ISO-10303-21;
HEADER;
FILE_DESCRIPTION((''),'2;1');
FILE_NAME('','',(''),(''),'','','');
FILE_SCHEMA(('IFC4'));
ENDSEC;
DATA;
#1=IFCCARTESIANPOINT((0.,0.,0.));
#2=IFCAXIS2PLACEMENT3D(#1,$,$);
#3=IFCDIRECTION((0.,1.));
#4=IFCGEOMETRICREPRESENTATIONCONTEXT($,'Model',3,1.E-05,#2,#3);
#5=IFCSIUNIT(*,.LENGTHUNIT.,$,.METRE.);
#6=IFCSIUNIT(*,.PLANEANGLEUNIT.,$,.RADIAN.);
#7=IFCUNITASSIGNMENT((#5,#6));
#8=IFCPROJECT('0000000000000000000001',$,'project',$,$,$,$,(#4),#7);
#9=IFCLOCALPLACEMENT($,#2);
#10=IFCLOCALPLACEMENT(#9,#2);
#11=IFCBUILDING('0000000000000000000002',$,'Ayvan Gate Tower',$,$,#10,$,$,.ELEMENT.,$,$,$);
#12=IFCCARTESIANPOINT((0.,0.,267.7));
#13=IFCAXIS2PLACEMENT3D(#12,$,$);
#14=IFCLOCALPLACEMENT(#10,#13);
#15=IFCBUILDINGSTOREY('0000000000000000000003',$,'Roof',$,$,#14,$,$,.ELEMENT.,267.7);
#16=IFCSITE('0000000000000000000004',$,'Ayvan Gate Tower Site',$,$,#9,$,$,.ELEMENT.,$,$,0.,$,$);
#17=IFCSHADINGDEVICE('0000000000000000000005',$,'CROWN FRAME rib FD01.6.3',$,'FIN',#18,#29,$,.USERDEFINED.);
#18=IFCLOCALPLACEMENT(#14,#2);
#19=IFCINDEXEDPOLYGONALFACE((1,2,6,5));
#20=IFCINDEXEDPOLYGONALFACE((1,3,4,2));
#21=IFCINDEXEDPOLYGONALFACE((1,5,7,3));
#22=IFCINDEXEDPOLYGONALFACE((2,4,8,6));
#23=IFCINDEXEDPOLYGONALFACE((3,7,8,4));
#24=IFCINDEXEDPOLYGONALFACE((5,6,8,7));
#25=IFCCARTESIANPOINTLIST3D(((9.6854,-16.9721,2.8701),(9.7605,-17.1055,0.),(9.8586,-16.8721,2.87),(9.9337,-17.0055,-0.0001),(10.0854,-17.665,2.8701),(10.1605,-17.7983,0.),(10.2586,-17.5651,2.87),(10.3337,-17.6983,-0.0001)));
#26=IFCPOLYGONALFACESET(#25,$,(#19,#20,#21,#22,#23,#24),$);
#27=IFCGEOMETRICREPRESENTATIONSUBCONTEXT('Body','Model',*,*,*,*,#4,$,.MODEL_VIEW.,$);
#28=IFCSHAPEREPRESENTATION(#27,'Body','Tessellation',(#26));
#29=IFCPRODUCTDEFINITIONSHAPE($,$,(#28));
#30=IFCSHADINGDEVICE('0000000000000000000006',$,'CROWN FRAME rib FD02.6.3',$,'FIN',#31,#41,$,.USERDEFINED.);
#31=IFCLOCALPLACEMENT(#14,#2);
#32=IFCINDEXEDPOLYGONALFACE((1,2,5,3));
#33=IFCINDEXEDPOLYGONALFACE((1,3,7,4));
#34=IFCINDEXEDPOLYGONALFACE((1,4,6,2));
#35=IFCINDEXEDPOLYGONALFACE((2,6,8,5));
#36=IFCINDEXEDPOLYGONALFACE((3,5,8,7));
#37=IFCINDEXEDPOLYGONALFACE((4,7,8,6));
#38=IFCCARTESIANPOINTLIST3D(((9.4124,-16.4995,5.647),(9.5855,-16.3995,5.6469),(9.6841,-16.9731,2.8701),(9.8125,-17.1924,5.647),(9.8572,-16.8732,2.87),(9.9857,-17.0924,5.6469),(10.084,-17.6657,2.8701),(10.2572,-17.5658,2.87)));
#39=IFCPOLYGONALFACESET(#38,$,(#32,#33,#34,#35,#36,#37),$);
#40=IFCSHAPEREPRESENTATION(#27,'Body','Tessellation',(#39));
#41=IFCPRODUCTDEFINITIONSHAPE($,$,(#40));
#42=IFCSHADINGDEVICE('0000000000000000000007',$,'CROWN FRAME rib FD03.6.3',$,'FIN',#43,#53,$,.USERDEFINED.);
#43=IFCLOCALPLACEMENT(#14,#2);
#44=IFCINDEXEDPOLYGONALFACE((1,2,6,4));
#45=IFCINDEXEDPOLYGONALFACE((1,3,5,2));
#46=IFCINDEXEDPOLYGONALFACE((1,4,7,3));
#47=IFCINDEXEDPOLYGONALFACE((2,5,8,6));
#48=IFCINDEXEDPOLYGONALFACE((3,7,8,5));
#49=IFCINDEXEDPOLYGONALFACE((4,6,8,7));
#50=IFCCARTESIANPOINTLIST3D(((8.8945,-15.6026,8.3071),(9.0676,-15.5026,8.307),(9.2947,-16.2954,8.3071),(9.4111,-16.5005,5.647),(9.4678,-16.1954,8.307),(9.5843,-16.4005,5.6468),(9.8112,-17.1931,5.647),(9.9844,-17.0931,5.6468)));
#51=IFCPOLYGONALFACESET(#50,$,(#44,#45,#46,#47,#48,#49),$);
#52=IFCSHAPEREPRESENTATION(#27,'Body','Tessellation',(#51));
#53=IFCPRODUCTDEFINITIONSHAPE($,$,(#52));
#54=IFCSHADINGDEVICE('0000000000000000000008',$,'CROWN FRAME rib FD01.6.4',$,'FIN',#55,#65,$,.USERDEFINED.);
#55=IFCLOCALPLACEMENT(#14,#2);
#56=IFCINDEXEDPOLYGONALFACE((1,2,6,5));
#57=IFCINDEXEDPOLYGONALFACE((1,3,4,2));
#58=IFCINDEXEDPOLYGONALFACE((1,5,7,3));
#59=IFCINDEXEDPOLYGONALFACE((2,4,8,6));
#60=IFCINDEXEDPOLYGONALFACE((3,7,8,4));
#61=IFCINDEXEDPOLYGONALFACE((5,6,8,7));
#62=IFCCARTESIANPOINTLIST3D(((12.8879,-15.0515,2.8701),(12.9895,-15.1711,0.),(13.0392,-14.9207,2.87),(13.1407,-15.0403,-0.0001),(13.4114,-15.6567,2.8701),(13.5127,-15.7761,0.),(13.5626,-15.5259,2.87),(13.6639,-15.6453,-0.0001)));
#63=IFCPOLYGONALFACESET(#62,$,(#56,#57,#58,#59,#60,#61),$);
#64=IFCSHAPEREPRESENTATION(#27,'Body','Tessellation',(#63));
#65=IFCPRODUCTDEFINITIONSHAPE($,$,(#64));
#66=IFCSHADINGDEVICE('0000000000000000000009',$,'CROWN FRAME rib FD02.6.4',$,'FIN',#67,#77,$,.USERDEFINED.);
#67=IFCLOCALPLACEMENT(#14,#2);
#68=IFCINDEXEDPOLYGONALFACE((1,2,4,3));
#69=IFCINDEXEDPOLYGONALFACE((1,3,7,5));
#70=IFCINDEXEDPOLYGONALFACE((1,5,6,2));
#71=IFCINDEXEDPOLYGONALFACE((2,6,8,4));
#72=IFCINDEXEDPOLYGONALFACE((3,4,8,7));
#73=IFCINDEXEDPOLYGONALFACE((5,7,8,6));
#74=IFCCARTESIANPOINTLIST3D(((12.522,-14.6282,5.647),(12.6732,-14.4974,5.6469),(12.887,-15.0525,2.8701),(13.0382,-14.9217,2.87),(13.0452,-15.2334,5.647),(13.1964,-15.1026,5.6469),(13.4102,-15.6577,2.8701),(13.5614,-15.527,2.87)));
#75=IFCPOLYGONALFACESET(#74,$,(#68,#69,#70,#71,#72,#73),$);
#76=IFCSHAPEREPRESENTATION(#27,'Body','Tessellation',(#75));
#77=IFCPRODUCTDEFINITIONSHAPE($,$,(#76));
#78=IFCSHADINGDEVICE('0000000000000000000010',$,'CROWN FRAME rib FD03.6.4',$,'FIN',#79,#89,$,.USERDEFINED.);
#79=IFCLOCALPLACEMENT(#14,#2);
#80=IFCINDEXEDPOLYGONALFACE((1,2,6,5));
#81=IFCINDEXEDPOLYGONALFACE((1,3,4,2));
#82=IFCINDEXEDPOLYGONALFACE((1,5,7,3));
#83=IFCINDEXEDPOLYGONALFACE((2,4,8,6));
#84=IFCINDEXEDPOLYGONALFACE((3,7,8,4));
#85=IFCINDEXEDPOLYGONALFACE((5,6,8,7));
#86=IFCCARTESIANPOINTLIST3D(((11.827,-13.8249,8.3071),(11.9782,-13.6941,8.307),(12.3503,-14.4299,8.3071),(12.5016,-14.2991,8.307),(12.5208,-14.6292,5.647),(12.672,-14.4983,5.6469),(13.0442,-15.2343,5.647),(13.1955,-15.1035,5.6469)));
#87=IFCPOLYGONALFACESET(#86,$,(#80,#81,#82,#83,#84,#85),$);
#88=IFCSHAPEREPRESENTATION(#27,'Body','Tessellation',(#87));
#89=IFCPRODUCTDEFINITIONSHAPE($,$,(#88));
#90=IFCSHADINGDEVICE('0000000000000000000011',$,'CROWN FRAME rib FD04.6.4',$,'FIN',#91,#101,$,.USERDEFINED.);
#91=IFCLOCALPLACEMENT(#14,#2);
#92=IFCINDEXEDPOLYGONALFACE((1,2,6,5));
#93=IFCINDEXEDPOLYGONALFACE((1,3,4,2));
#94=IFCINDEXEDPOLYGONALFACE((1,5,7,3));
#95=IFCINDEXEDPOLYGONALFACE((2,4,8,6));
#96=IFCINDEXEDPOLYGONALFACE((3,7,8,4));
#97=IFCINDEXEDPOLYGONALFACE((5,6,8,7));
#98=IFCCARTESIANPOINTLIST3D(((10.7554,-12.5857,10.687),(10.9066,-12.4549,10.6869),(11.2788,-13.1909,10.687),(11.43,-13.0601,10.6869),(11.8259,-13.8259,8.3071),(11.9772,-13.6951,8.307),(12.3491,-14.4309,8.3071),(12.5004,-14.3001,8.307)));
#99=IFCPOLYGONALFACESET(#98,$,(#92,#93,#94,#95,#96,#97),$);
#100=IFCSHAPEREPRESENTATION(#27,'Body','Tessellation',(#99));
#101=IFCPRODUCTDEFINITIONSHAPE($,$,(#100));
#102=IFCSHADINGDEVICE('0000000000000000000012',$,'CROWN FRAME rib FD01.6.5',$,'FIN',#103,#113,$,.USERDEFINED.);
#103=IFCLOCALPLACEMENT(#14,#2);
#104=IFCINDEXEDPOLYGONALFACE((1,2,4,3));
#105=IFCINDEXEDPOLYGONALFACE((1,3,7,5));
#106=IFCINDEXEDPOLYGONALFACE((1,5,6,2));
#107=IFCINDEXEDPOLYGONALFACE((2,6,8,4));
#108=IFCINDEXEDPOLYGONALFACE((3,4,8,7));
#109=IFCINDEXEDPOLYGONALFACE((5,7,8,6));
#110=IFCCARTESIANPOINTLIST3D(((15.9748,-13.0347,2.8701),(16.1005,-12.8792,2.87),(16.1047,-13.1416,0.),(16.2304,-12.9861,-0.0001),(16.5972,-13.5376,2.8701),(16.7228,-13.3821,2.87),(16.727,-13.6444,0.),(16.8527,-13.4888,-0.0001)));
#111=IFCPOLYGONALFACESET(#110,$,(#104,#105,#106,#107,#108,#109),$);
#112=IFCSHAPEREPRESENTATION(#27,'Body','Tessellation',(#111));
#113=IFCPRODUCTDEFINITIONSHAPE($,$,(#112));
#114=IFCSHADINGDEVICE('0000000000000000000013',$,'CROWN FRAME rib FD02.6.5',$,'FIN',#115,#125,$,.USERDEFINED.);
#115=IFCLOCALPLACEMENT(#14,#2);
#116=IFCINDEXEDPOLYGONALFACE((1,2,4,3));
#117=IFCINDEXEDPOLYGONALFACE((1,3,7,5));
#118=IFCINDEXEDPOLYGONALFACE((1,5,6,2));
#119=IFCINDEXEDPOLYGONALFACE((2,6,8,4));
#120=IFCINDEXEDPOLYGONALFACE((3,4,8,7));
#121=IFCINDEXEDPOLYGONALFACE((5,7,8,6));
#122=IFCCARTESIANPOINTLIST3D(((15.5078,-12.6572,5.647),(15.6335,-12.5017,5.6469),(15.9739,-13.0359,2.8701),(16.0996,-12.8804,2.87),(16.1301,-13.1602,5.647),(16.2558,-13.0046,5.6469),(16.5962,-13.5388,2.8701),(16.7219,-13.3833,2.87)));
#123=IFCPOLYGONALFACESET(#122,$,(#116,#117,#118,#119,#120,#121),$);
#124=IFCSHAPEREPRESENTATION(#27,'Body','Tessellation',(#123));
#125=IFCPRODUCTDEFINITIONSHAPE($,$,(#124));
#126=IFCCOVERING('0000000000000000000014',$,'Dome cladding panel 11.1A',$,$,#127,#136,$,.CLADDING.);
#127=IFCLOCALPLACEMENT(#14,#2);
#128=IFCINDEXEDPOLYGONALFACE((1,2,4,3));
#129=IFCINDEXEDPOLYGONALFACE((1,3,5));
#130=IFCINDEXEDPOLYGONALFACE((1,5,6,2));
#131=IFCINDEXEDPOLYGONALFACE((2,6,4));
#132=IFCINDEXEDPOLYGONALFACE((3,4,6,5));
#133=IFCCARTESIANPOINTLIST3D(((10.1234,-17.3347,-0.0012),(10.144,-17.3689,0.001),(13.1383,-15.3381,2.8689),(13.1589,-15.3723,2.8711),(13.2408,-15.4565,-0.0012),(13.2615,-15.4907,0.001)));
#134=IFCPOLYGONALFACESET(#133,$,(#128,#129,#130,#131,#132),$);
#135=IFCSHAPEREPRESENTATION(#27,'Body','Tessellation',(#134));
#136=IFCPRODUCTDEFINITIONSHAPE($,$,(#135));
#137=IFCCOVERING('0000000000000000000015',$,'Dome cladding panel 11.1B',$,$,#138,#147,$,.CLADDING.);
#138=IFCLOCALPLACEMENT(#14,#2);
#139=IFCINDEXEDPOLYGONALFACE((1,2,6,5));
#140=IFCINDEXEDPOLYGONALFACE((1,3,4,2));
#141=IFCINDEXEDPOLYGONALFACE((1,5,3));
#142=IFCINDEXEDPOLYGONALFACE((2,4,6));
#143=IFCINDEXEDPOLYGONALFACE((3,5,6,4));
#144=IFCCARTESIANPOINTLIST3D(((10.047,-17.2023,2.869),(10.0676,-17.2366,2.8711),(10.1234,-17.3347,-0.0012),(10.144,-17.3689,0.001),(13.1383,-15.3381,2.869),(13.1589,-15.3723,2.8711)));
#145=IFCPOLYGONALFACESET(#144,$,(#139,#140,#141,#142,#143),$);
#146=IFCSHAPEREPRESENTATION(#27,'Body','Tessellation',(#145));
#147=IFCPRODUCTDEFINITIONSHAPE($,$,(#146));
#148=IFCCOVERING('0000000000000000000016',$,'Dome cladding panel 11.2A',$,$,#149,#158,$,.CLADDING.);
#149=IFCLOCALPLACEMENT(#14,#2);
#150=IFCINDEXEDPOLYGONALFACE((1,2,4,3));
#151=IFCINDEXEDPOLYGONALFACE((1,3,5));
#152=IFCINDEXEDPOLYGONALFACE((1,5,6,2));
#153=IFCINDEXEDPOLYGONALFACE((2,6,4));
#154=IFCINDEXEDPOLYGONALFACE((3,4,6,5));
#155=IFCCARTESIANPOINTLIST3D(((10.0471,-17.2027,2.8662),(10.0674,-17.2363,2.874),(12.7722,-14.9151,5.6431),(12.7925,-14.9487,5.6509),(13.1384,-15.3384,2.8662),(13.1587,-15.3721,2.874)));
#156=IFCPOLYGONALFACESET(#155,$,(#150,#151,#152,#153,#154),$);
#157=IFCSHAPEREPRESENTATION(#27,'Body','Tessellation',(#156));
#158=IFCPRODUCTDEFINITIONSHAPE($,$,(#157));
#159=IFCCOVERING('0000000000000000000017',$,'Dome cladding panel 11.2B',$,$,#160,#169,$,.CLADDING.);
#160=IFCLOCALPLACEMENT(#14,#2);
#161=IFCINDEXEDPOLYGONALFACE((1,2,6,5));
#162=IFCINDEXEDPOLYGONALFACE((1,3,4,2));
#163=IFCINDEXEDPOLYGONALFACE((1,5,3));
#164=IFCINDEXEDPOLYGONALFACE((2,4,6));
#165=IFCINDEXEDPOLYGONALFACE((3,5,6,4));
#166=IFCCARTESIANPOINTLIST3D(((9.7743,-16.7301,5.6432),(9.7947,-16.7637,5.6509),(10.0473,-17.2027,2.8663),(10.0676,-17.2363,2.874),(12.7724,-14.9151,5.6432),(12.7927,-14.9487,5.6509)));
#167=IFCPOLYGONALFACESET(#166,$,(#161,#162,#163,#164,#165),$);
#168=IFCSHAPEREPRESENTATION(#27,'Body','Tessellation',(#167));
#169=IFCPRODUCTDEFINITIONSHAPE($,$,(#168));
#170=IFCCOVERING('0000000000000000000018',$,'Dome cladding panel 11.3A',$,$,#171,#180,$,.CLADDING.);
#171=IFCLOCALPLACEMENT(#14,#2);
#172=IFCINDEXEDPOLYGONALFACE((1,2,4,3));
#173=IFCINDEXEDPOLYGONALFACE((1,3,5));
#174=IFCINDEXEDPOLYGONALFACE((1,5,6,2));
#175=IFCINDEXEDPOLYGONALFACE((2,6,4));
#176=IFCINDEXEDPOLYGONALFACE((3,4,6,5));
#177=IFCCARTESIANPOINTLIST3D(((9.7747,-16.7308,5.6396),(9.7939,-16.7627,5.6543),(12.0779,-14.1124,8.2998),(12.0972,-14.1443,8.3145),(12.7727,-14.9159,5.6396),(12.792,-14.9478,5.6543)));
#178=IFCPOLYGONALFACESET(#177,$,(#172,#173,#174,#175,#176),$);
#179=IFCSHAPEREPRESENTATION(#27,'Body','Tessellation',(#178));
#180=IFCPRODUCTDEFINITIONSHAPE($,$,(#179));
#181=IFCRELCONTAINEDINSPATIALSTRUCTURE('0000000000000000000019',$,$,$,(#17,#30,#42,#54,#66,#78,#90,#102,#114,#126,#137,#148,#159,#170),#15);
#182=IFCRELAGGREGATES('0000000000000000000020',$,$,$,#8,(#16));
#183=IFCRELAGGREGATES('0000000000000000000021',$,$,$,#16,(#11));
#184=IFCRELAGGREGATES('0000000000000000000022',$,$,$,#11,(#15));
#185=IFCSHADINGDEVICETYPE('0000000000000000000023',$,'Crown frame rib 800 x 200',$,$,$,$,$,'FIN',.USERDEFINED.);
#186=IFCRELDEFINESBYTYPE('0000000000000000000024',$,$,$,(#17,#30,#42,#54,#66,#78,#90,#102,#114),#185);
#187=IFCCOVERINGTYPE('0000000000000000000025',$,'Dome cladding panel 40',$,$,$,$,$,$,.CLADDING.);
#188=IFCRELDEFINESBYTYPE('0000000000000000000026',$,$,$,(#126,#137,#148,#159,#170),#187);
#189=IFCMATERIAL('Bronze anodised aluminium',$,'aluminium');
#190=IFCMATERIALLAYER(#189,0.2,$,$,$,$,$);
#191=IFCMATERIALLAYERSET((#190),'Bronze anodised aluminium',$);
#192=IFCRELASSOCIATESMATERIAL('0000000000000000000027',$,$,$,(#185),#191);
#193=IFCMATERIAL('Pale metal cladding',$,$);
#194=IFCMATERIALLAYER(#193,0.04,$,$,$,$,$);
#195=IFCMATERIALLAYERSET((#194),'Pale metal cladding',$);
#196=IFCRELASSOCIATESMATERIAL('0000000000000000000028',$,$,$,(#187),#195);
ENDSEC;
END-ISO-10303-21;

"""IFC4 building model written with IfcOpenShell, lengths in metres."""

from ifc_helpers import new_model, si_unit, direction, frame, origin, place, context, subcontext, project, spatial, polyline, outline, extrude, material, layer, layer_set, type_object, element, save


model = new_model("IFC4")

# Units and contexts
model_context = context("Model", 3, precision=1e-05, world=origin(), true_north=direction((0.0, 1.0)))
body_context = subcontext(model_context, "Body", "Model", "MODEL_VIEW")
ifc_project = project(units=[si_unit("LENGTHUNIT", "METRE"), si_unit("PLANEANGLEUNIT", "RADIAN")], contexts=[model_context])

# Site, building, storey
site_placement = place(None, origin())
site = spatial("IfcSite", under=ifc_project, at=site_placement, Name="Ayvan Gate Tower Site", CompositionType="ELEMENT", RefElevation=0.0)
building_placement = place(site_placement, origin())
building = spatial("IfcBuilding", under=site, at=building_placement, Name="Ayvan Gate Tower", CompositionType="ELEMENT")
storey_placement = place(building_placement, frame((0.0, 0.0, 267.7)))
storey = spatial("IfcBuildingStorey", under=building, at=storey_placement, Name="Roof", CompositionType="ELEMENT", Elevation=267.7)

# Shading devices
ifc_material_1 = material(Name="Bronze anodised aluminium", Category="aluminium")
ifc_layer_1 = layer(ifc_material_1, 0.2)
ifc_layer_set_1 = layer_set([ifc_layer_1], Name="Bronze anodised aluminium")
shading_device_type = type_object("IfcShadingDeviceType", Name="Crown frame rib 800 x 200", ElementType="FIN", PredefinedType="USERDEFINED", material=ifc_layer_set_1)
shading_device_1_placement = place(storey_placement, frame((9.7605, -17.1055, 0.0), z_axis=(-0.866028, -0.499995, 0.000569), x_axis=(0.499995, -0.866028, 0.0)))
element("IfcShadingDevice", 1, at=shading_device_1_placement, inside=storey, type_object=shading_device_type, Name="CROWN FRAME rib FD01.6.3", ObjectType="FIN", PredefinedType="USERDEFINED", context=body_context, shape_type="SweptSolid", body=[
    extrude(outline(polyline([(0.0, 0.0), (0.8, 0.0), (0.6471, 2.8701), (-0.153, 2.8701), (0.0, 0.0)])), origin(), (0.0, 0.0, -1.0), 0.2),
])
shading_device_2_placement = place(storey_placement, frame((9.6841, -16.9731, 2.8701), z_axis=(-0.86599, -0.500061, 0.000568), x_axis=(0.500061, -0.86599, 0.0)))
element("IfcShadingDevice", 2, at=shading_device_2_placement, inside=storey, type_object=shading_device_type, Name="CROWN FRAME rib FD02.6.3", ObjectType="FIN", PredefinedType="USERDEFINED", context=body_context, shape_type="SweptSolid", body=[
    extrude(outline(polyline([(0.0, 0.0), (0.7998, 0.0), (0.2541, 2.7769), (-0.546, 2.7769), (0.0, 0.0)])), origin(), (0.0, 0.0, -1.0), 0.2),
])
shading_device_3_placement = place(storey_placement, frame((9.4111, -16.5005, 5.647), z_axis=(-0.865924, -0.500176, 0.000652), x_axis=(0.500176, -0.865924, 0.0)))
element("IfcShadingDevice", 3, at=shading_device_3_placement, inside=storey, type_object=shading_device_type, Name="CROWN FRAME rib FD03.6.3", ObjectType="FIN", PredefinedType="USERDEFINED", context=body_context, shape_type="SweptSolid", body=[
    extrude(outline(polyline([(0.0, 0.0), (0.7999, 0.0), (-0.2358, 2.6602), (-1.0359, 2.6602), (0.0, 0.0)])), origin(), (0.0, 0.0, -1.0), 0.2),
])
shading_device_4_placement = place(storey_placement, frame((12.9895, -15.1711, 0.0), z_axis=(-0.756373, -0.65414, 0.000504), x_axis=(0.65414, -0.756373, 0.0)))
element("IfcShadingDevice", 4, at=shading_device_4_placement, inside=storey, type_object=shading_device_type, Name="CROWN FRAME rib FD01.6.4", ObjectType="FIN", PredefinedType="USERDEFINED", context=body_context, shape_type="SweptSolid", body=[
    extrude(outline(polyline([(0.0, 0.0), (0.7998, 0.0), (0.6433, 2.8701), (-0.1569, 2.8701), (0.0, 0.0)])), origin(), (0.0, 0.0, -1.0), 0.2),
])
shading_device_5_placement = place(storey_placement, frame((12.887, -15.0525, 2.8701), z_axis=(-0.756514, -0.653977, 0.000494), x_axis=(0.653977, -0.756514, 0.0)))
element("IfcShadingDevice", 5, at=shading_device_5_placement, inside=storey, type_object=shading_device_type, Name="CROWN FRAME rib FD02.6.4", ObjectType="FIN", PredefinedType="USERDEFINED", context=body_context, shape_type="SweptSolid", body=[
    extrude(outline(polyline([(0.0, 0.0), (0.8, 0.0), (0.2403, 2.7769), (-0.5597, 2.7769), (0.0, 0.0)])), origin(), (0.0, 0.0, -1.0), 0.2),
])
shading_device_6_placement = place(storey_placement, frame((12.5208, -14.6292, 5.647), z_axis=(-0.756298, -0.654227, 0.000546), x_axis=(0.654227, -0.756298, 0.0)))
element("IfcShadingDevice", 6, at=shading_device_6_placement, inside=storey, type_object=shading_device_type, Name="CROWN FRAME rib FD03.6.4", ObjectType="FIN", PredefinedType="USERDEFINED", context=body_context, shape_type="SweptSolid", body=[
    extrude(outline(polyline([(0.0, 0.0), (0.8002, 0.0), (-0.2622, 2.6602), (-1.0621, 2.6602), (0.0, 0.0)])), origin(), (0.0, 0.0, -1.0), 0.2),
])
shading_device_7_placement = place(storey_placement, frame((11.8259, -13.8259, 8.3071), z_axis=(-0.756373, -0.65414, 0.000655), x_axis=(0.65414, -0.756373, 0.0)))
element("IfcShadingDevice", 7, at=shading_device_7_placement, inside=storey, type_object=shading_device_type, Name="CROWN FRAME rib FD04.6.4", ObjectType="FIN", PredefinedType="USERDEFINED", context=body_context, shape_type="SweptSolid", body=[
    extrude(outline(polyline([(0.0, 0.0), (0.7998, 0.0), (-0.8382, 2.3799), (-1.6384, 2.3799), (0.0, 0.0)])), origin(), (0.0, 0.0, -1.0), 0.2),
])
shading_device_8_placement = place(storey_placement, frame((16.1047, -13.1416, 0.0), z_axis=(-0.628465, -0.777838, 0.000507), x_axis=(0.777838, -0.628465, 0.0)))
element("IfcShadingDevice", 8, at=shading_device_8_placement, inside=storey, type_object=shading_device_type, Name="CROWN FRAME rib FD01.6.5", ObjectType="FIN", PredefinedType="USERDEFINED", context=body_context, shape_type="SweptSolid", body=[
    extrude(outline(polyline([(0.0, 0.0), (0.8, 0.0), (0.6319, 2.8701), (-0.1682, 2.8701), (0.0, 0.0)])), origin(), (0.0, 0.0, -1.0), 0.2),
])
shading_device_9_placement = place(storey_placement, frame((15.9739, -13.0359, 2.8701), z_axis=(-0.628557, -0.777763, 0.000562), x_axis=(0.777763, -0.628557, 0.0)))
element("IfcShadingDevice", 9, at=shading_device_9_placement, inside=storey, type_object=shading_device_type, Name="CROWN FRAME rib FD02.6.5", ObjectType="FIN", PredefinedType="USERDEFINED", context=body_context, shape_type="SweptSolid", body=[
    extrude(outline(polyline([(0.0, 0.0), (0.8001, 0.0), (0.1996, 2.7769), (-0.6005, 2.7769), (0.0, 0.0)])), origin(), (0.0, 0.0, -1.0), 0.2),
])

# Coverings
ifc_material_2 = material(Name="Pale metal cladding")
ifc_layer_2 = layer(ifc_material_2, 0.04)
ifc_layer_set_2 = layer_set([ifc_layer_2], Name="Pale metal cladding")
covering_type = type_object("IfcCoveringType", Name="Dome cladding panel 40", PredefinedType="CLADDING", material=ifc_layer_set_2)
covering_1_placement = place(storey_placement, frame((10.144, -17.3689, 0.001), z_axis=(0.515309, -0.855321, 0.053697), x_axis=(0.856556, 0.516054, 0.0)))
element("IfcCovering", 10, at=covering_1_placement, inside=storey, type_object=covering_type, Name="Dome cladding panel 11.1A", PredefinedType="CLADDING", context=body_context, shape_type="SweptSolid", body=[
    extrude(outline(polyline([(0.0, 0.0), (3.6395, 0.0), (3.6128, 2.8743), (0.0, 0.0)])), origin(), (0.0, 0.0, -1.0), 0.04),
])
covering_2_placement = place(storey_placement, frame((10.144, -17.3689, 0.001), z_axis=(0.515694, -0.855122, 0.053155), x_axis=(0.653047, 0.432474, 0.621688)))
element("IfcCovering", 11, at=covering_2_placement, inside=storey, type_object=covering_type, Name="Dome cladding panel 11.1B", PredefinedType="CLADDING", context=body_context, shape_type="SweptSolid", body=[
    extrude(outline(polyline([(0.0, 0.0), (4.6167, 0.0), (1.7916, 2.2474), (0.0, 0.0)])), origin(), (0.0, 0.0, -1.0), 0.04),
])
covering_3_placement = place(storey_placement, frame((10.0674, -17.2363, 2.874), z_axis=(0.506526, -0.83992, 0.194849), x_axis=(0.856333, 0.516424, 0.0)))
element("IfcCovering", 12, at=covering_3_placement, inside=storey, type_object=covering_type, Name="Dome cladding panel 11.2A", PredefinedType="CLADDING", context=body_context, shape_type="SweptSolid", body=[
    extrude(outline(polyline([(0.0, 0.0), (3.6099, 0.0), (3.515, 2.8311), (0.0, 0.0)])), origin(), (0.0, 0.0, -1.0), 0.04),
])
covering_4_placement = place(storey_placement, frame((10.0676, -17.2363, 2.874), z_axis=(0.508154, -0.839403, 0.192826), x_axis=(0.603788, 0.506853, 0.615256)))
element("IfcCovering", 13, at=covering_4_placement, inside=storey, type_object=covering_type, Name="Dome cladding panel 11.2B", PredefinedType="CLADDING", context=body_context, shape_type="SweptSolid", body=[
    extrude(outline(polyline([(0.0, 0.0), (4.5133, 0.0), (1.7832, 2.1975), (0.0, 0.0)])), origin(), (0.0, 0.0, -1.0), 0.04),
])
covering_5_placement = place(storey_placement, frame((9.7939, -16.7627, 5.6543), z_axis=(0.481881, -0.796005, 0.366289), x_axis=(0.855458, 0.517872, 0.0)))
element("IfcCovering", 14, at=covering_5_placement, inside=storey, type_object=covering_type, Name="Dome cladding panel 11.3A", PredefinedType="CLADDING", context=body_context, shape_type="SweptSolid", body=[
    extrude(outline(polyline([(0.0, 0.0), (3.5046, 0.0), (3.3263, 2.8588), (0.0, 0.0)])), origin(), (0.0, 0.0, -1.0), 0.04),
])

save(model, "model.ifc")
